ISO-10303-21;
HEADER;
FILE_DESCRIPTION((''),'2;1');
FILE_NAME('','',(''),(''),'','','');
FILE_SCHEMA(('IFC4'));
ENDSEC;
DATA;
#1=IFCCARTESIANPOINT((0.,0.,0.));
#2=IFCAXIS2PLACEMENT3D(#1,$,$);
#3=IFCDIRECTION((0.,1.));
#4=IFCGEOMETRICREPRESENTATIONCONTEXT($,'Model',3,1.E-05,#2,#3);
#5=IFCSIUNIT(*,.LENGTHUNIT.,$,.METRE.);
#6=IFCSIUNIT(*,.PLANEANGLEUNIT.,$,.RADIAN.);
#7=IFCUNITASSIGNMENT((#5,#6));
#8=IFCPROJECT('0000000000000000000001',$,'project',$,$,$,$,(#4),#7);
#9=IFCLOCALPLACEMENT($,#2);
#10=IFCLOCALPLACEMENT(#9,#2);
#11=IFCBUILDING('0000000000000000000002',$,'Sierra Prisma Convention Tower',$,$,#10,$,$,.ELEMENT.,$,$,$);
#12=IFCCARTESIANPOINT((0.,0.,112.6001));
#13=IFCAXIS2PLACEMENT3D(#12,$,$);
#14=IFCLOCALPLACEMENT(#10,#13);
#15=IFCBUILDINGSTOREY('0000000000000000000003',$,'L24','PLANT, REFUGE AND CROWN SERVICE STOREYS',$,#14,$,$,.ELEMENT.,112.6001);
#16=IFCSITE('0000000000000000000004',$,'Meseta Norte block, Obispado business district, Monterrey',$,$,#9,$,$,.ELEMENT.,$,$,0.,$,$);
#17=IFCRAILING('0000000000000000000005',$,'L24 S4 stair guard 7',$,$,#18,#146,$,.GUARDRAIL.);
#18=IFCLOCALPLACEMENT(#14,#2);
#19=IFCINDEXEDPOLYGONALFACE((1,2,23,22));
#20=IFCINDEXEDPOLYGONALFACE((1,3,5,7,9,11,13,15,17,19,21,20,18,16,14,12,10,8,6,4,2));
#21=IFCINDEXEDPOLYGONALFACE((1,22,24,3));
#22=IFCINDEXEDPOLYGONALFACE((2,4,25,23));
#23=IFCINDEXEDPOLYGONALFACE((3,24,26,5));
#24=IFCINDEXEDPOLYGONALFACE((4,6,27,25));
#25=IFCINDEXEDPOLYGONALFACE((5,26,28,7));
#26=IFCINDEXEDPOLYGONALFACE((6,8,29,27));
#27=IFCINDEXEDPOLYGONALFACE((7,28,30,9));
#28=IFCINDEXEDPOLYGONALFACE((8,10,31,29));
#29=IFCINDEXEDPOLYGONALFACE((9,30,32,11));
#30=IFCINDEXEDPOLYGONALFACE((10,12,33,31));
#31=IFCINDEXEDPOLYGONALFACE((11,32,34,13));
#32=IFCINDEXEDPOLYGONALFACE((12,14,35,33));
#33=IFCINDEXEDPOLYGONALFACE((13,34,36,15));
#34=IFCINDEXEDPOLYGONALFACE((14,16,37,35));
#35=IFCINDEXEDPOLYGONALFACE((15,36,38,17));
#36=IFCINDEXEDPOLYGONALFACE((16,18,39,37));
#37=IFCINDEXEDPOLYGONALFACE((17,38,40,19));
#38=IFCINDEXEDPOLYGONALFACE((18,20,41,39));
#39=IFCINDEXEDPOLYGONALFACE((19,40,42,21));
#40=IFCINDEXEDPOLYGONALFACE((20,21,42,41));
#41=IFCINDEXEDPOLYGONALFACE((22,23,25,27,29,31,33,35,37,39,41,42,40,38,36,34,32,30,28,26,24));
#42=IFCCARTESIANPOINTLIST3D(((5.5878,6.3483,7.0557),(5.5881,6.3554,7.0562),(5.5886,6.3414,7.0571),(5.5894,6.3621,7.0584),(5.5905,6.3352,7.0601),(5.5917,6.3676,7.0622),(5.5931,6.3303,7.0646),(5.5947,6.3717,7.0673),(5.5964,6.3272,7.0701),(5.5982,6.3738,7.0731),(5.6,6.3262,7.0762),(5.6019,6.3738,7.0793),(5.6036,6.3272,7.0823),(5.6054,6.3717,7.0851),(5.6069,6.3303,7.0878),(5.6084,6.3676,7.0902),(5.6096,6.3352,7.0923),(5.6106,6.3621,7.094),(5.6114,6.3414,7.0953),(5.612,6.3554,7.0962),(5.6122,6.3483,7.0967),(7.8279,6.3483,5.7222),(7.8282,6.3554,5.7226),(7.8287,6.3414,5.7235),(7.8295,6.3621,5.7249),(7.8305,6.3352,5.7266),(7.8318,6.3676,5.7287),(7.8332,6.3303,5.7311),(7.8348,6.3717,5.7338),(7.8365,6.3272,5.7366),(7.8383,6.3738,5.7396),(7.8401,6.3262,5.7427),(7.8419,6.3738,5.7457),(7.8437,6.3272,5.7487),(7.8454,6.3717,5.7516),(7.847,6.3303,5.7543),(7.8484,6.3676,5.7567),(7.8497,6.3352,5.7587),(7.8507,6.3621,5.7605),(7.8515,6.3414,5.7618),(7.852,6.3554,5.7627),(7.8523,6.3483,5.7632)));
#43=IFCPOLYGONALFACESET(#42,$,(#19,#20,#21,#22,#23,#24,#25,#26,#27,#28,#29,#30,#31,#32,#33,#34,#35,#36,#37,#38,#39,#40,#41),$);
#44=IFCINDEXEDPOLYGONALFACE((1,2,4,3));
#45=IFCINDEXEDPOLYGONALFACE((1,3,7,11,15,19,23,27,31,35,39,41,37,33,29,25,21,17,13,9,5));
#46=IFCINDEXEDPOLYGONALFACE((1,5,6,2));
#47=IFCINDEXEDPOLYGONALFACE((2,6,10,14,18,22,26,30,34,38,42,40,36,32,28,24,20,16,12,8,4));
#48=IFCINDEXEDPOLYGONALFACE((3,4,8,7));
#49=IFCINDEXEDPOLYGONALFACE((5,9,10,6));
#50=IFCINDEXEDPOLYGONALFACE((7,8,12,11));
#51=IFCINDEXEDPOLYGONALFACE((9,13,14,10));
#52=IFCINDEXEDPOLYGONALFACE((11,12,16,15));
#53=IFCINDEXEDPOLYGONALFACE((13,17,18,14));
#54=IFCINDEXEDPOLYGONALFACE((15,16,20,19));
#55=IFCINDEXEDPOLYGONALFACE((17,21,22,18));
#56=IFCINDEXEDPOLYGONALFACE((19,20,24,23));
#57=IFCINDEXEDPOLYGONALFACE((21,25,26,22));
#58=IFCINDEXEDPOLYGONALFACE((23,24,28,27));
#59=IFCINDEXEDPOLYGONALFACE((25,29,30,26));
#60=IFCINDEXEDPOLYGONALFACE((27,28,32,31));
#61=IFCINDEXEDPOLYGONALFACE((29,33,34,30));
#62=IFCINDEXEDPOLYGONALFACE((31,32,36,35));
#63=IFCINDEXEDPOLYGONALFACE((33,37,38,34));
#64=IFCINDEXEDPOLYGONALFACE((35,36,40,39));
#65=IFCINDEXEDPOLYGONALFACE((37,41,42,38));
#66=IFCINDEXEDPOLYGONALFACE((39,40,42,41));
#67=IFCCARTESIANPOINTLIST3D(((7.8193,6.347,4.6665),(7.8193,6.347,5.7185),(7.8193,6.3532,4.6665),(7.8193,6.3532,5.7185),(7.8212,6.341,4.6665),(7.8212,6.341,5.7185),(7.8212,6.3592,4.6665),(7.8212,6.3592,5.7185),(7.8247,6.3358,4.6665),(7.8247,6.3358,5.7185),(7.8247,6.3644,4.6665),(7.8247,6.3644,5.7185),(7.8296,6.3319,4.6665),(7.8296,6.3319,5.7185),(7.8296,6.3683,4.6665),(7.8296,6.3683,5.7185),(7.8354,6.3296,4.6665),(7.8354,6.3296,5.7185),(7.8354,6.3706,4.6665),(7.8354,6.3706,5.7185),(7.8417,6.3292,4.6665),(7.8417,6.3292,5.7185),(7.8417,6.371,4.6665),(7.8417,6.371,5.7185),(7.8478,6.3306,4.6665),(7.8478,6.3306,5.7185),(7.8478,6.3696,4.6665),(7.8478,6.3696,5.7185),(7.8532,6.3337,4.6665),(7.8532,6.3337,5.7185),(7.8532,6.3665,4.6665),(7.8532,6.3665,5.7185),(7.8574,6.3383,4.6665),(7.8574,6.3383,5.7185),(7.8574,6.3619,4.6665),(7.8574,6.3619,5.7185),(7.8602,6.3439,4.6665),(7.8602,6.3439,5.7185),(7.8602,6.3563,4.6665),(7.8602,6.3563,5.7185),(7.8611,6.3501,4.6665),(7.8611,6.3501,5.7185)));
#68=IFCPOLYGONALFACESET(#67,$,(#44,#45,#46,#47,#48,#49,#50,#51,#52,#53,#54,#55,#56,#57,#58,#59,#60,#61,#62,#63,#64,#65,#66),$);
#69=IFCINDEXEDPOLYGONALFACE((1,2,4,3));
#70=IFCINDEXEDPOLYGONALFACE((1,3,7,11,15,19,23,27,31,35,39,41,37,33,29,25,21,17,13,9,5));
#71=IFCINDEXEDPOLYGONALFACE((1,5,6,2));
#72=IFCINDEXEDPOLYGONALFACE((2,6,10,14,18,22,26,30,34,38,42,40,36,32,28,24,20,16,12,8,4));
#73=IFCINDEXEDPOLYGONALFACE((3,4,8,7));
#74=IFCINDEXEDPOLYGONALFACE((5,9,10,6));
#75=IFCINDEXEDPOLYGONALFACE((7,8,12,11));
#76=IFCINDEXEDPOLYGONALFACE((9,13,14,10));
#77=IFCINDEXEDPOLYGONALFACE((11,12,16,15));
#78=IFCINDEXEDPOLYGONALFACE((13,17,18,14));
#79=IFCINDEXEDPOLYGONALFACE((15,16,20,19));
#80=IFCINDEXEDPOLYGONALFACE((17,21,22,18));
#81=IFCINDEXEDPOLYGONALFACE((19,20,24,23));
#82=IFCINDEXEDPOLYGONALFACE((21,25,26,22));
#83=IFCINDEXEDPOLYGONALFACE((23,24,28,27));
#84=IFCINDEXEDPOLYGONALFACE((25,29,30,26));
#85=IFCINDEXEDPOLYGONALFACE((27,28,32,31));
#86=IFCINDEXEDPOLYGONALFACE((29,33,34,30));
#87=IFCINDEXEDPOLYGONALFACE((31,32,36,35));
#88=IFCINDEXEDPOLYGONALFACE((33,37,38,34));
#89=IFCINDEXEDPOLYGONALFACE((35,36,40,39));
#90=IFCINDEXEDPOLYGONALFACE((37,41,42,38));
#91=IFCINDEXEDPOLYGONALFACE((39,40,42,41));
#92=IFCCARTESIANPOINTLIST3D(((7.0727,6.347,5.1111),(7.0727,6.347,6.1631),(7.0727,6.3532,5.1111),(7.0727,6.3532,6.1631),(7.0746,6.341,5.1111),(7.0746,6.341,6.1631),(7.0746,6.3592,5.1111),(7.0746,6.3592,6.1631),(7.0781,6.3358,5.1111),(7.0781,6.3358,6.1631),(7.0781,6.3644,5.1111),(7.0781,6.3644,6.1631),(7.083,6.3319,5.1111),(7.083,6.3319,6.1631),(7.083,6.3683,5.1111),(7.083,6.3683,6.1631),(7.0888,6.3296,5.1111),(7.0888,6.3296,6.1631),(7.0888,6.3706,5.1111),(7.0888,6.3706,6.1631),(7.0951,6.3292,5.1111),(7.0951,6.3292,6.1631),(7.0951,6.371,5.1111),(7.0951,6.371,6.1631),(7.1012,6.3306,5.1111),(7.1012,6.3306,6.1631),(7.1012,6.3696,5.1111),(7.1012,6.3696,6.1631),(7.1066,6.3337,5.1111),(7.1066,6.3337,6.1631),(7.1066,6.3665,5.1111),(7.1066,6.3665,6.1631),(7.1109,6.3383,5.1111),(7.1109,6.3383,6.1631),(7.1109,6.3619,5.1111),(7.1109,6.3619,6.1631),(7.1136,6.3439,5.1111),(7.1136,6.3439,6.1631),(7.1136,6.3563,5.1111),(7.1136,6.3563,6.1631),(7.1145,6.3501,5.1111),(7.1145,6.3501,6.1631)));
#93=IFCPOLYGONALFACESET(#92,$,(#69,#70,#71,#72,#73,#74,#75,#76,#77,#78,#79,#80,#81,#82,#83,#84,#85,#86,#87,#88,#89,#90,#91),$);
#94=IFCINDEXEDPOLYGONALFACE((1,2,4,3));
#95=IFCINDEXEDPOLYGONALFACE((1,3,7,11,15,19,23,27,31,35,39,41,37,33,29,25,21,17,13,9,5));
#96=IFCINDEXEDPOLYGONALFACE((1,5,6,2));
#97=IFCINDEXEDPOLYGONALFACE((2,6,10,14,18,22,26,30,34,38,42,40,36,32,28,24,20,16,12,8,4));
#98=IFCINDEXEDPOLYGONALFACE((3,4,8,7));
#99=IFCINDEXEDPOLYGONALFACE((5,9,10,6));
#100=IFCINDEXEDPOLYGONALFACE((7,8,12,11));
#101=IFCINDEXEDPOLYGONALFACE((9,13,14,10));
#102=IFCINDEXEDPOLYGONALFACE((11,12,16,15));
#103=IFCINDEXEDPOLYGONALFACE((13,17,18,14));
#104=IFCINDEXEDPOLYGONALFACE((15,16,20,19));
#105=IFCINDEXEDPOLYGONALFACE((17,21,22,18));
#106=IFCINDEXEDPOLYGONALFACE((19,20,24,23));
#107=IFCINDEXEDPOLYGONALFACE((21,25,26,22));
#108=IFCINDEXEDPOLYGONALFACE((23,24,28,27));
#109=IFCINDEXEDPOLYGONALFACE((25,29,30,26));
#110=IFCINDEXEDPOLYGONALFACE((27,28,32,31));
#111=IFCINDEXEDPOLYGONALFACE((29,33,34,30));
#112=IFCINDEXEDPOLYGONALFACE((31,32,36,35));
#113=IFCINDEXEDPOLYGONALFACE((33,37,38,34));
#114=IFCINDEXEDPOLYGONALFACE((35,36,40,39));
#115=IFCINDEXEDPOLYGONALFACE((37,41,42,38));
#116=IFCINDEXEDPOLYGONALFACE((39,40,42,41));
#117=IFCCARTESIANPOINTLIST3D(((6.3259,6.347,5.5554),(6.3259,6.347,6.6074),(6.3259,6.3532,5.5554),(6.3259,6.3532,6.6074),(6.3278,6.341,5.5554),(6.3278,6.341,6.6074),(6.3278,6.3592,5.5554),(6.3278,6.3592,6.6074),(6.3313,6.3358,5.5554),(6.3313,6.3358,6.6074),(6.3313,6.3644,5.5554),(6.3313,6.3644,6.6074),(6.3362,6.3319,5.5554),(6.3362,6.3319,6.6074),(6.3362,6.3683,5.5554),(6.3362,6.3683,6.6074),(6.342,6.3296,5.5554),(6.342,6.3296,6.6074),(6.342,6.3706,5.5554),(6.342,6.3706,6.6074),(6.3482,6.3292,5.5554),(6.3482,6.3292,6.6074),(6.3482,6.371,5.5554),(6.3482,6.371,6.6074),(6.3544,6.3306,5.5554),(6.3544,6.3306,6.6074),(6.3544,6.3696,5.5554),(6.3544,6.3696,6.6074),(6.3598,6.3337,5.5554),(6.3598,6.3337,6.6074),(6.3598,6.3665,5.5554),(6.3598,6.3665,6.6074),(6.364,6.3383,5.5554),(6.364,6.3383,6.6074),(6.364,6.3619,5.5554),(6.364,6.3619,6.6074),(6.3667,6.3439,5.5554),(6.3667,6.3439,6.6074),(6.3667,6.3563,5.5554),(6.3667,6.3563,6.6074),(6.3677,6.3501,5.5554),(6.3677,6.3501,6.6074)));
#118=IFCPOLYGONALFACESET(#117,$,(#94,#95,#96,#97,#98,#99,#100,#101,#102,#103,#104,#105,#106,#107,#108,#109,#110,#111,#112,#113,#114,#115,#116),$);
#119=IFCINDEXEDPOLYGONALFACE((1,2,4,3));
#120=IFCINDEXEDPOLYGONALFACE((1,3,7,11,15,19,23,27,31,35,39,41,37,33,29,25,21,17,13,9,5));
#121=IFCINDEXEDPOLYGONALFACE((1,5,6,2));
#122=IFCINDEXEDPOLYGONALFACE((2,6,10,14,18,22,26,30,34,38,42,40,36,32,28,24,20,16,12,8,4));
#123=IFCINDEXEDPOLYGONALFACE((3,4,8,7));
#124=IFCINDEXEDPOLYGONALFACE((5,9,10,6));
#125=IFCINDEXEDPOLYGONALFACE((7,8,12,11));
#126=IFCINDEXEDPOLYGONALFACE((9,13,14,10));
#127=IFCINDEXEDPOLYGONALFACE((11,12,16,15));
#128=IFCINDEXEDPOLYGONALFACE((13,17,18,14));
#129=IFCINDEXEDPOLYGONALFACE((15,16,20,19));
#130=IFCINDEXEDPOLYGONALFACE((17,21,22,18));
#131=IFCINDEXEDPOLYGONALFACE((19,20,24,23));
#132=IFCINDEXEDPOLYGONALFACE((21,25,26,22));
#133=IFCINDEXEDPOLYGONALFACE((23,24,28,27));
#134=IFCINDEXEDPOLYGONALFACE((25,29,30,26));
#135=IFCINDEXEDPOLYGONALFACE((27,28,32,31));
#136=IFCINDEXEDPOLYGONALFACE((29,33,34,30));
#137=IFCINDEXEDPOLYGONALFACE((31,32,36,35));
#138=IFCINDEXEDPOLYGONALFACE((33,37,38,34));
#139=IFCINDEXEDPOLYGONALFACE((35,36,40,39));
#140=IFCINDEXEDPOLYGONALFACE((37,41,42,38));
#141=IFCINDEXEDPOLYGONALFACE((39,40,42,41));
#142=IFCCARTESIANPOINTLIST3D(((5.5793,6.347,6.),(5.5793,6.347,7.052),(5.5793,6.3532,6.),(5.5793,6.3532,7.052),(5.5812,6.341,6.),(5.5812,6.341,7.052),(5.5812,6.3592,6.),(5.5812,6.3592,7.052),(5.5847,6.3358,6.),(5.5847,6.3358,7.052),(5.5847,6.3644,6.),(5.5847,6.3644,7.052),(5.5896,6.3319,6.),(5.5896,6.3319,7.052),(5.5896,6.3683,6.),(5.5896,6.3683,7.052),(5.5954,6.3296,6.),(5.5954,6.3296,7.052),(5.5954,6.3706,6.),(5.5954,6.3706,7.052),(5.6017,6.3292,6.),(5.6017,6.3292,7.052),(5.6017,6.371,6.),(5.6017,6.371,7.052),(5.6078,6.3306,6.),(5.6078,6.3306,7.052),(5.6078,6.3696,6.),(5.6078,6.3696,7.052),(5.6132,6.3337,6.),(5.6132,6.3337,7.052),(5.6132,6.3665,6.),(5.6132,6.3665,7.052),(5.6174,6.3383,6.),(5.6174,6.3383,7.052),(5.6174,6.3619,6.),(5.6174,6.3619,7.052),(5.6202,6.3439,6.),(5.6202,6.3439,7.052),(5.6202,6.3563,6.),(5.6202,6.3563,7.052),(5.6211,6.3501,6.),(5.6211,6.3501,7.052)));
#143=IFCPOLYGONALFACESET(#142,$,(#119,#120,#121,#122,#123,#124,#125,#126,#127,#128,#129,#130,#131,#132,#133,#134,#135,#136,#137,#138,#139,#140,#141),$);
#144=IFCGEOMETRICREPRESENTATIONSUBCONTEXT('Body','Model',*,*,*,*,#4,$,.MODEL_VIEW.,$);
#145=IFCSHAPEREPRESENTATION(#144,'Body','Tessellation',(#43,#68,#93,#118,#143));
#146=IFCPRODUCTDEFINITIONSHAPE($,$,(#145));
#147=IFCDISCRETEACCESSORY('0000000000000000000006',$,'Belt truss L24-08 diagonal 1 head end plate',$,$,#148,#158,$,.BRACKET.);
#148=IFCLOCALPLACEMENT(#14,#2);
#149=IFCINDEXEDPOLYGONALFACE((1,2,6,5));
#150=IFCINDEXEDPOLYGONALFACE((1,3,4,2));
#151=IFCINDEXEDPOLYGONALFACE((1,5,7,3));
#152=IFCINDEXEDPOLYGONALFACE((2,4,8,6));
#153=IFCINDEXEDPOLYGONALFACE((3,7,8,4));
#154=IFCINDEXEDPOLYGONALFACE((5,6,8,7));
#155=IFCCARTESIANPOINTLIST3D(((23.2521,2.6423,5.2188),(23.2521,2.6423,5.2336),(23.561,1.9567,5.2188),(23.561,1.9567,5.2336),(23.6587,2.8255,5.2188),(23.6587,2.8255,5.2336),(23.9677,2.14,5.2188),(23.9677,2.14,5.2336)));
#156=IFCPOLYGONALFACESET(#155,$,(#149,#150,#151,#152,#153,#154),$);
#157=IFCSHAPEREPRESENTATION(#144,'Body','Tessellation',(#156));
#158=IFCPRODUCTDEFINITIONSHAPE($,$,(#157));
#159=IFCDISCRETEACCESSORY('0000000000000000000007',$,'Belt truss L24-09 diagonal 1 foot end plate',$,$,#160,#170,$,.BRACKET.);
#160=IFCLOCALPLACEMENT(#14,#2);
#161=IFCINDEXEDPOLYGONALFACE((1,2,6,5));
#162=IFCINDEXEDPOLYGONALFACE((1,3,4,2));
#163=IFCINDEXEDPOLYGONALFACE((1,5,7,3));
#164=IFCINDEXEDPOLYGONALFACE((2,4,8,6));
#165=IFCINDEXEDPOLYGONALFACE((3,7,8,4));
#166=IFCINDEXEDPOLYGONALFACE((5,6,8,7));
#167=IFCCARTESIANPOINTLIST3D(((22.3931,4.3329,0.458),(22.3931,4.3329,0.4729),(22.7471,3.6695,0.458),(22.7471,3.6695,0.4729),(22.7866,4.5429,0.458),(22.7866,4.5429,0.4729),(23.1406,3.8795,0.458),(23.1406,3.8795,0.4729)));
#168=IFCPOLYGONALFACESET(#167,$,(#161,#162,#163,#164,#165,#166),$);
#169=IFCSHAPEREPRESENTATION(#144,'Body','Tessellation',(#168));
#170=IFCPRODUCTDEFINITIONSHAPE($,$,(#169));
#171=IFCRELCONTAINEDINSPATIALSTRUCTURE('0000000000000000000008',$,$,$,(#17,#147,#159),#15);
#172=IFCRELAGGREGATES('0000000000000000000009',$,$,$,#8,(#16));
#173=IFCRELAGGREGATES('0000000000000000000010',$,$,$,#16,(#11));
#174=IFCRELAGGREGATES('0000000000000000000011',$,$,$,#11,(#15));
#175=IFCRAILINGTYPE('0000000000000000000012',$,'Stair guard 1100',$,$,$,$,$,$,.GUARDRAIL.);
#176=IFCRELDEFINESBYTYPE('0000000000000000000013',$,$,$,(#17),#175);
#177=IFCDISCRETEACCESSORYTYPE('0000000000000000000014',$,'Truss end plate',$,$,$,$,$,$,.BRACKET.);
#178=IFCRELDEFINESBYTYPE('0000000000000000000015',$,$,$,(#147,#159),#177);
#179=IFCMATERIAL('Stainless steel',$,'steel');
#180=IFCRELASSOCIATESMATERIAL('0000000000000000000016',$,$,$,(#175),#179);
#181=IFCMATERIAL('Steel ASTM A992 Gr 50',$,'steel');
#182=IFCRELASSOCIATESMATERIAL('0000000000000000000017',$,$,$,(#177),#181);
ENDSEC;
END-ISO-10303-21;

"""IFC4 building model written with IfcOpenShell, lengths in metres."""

from ifc_helpers import new_model, si_unit, direction, frame, origin, origin_2d, place, context, subcontext, project, spatial, rectangle, circle, extrude, material, type_object, element, save


model = new_model("IFC4")

# Units and contexts
model_context = context("Model", 3, precision=1e-05, world=origin(), true_north=direction((0.0, 1.0)))
body_context = subcontext(model_context, "Body", "Model", "MODEL_VIEW")
ifc_project = project(units=[si_unit("LENGTHUNIT", "METRE"), si_unit("PLANEANGLEUNIT", "RADIAN")], contexts=[model_context])

# Site, building, storey
site_placement = place(None, origin())
site = spatial("IfcSite", under=ifc_project, at=site_placement, Name="Meseta Norte block, Obispado business district, Monterrey", CompositionType="ELEMENT", RefElevation=0.0)
building_placement = place(site_placement, origin())
building = spatial("IfcBuilding", under=site, at=building_placement, Name="Sierra Prisma Convention Tower", CompositionType="ELEMENT")
storey_placement = place(building_placement, frame((0.0, 0.0, 112.6001)))
storey = spatial("IfcBuildingStorey", under=building, at=storey_placement, Name="L24", Description="PLANT, REFUGE AND CROWN SERVICE STOREYS", CompositionType="ELEMENT", Elevation=112.6001)

# Railing
ifc_material_1 = material(Name="Stainless steel", Category="steel")
railing_type_1 = type_object("IfcRailingType", Name="Stair guard 1100", PredefinedType="GUARDRAIL", material=ifc_material_1)
railing_1_placement = place(storey_placement, frame((7.8401, 6.3501, 4.6665)))
element("IfcRailing", 1, at=railing_1_placement, inside=storey, type_object=railing_type_1, Name="L24 S4 stair guard 7", PredefinedType="GUARDRAIL", context=body_context, shape_type="SweptSolid", body=[
    extrude(circle(Radius=0.0239, at=origin_2d()), frame((0.0, 0.0, 1.0762), z_axis=(-0.859264, 0.0, 0.511532), x_axis=(0.0, -1.0, 0.0)), (0.0, 0.0, 1.0), 2.6069),
    extrude(circle(Radius=0.021, at=origin_2d()), origin(), (0.0, 0.0, 1.0), 1.052),
    extrude(circle(Radius=0.021, at=origin_2d()), frame((-0.7466, 0.0, 0.4446)), (0.0, 0.0, 1.0), 1.052),
    extrude(circle(Radius=0.021, at=origin_2d()), frame((-1.4934, 0.0, 0.8889)), (0.0, 0.0, 1.0), 1.052),
    extrude(circle(Radius=0.021, at=origin_2d()), frame((-2.24, 0.0, 1.3335)), (0.0, 0.0, 1.0), 1.052),
])

# Discrete accessories
ifc_material_2 = material(Name="Steel ASTM A992 Gr 50", Category="steel")
discrete_accessory_type = type_object("IfcDiscreteAccessoryType", Name="Truss end plate", PredefinedType="BRACKET", material=ifc_material_2)
for number, where, z_axis, x_axis, name in (
    (2, (23.6099, 2.3911, 5.2188), (0.0, 0.0, 1.0), (-0.41086, 0.911698, 0.0), "Belt truss L24-08 diagonal 1 head end plate"),
    (3, (22.7668, 4.1062, 0.458), (0.0, 0.0, 1.0), (-0.470798, 0.882241, 0.0), "Belt truss L24-09 diagonal 1 foot end plate"),
):
    element("IfcDiscreteAccessory", number, at=place(storey_placement, frame(where, z_axis=z_axis, x_axis=x_axis)), inside=storey, type_object=discrete_accessory_type, Name=name, PredefinedType="BRACKET", context=body_context, shape_type="SweptSolid", body=[
        extrude(rectangle(XDim=0.752, YDim=0.446, at=origin_2d()), origin(), (0.0, 0.0, 1.0), 0.0149),
    ])

save(model, "model.ifc")
